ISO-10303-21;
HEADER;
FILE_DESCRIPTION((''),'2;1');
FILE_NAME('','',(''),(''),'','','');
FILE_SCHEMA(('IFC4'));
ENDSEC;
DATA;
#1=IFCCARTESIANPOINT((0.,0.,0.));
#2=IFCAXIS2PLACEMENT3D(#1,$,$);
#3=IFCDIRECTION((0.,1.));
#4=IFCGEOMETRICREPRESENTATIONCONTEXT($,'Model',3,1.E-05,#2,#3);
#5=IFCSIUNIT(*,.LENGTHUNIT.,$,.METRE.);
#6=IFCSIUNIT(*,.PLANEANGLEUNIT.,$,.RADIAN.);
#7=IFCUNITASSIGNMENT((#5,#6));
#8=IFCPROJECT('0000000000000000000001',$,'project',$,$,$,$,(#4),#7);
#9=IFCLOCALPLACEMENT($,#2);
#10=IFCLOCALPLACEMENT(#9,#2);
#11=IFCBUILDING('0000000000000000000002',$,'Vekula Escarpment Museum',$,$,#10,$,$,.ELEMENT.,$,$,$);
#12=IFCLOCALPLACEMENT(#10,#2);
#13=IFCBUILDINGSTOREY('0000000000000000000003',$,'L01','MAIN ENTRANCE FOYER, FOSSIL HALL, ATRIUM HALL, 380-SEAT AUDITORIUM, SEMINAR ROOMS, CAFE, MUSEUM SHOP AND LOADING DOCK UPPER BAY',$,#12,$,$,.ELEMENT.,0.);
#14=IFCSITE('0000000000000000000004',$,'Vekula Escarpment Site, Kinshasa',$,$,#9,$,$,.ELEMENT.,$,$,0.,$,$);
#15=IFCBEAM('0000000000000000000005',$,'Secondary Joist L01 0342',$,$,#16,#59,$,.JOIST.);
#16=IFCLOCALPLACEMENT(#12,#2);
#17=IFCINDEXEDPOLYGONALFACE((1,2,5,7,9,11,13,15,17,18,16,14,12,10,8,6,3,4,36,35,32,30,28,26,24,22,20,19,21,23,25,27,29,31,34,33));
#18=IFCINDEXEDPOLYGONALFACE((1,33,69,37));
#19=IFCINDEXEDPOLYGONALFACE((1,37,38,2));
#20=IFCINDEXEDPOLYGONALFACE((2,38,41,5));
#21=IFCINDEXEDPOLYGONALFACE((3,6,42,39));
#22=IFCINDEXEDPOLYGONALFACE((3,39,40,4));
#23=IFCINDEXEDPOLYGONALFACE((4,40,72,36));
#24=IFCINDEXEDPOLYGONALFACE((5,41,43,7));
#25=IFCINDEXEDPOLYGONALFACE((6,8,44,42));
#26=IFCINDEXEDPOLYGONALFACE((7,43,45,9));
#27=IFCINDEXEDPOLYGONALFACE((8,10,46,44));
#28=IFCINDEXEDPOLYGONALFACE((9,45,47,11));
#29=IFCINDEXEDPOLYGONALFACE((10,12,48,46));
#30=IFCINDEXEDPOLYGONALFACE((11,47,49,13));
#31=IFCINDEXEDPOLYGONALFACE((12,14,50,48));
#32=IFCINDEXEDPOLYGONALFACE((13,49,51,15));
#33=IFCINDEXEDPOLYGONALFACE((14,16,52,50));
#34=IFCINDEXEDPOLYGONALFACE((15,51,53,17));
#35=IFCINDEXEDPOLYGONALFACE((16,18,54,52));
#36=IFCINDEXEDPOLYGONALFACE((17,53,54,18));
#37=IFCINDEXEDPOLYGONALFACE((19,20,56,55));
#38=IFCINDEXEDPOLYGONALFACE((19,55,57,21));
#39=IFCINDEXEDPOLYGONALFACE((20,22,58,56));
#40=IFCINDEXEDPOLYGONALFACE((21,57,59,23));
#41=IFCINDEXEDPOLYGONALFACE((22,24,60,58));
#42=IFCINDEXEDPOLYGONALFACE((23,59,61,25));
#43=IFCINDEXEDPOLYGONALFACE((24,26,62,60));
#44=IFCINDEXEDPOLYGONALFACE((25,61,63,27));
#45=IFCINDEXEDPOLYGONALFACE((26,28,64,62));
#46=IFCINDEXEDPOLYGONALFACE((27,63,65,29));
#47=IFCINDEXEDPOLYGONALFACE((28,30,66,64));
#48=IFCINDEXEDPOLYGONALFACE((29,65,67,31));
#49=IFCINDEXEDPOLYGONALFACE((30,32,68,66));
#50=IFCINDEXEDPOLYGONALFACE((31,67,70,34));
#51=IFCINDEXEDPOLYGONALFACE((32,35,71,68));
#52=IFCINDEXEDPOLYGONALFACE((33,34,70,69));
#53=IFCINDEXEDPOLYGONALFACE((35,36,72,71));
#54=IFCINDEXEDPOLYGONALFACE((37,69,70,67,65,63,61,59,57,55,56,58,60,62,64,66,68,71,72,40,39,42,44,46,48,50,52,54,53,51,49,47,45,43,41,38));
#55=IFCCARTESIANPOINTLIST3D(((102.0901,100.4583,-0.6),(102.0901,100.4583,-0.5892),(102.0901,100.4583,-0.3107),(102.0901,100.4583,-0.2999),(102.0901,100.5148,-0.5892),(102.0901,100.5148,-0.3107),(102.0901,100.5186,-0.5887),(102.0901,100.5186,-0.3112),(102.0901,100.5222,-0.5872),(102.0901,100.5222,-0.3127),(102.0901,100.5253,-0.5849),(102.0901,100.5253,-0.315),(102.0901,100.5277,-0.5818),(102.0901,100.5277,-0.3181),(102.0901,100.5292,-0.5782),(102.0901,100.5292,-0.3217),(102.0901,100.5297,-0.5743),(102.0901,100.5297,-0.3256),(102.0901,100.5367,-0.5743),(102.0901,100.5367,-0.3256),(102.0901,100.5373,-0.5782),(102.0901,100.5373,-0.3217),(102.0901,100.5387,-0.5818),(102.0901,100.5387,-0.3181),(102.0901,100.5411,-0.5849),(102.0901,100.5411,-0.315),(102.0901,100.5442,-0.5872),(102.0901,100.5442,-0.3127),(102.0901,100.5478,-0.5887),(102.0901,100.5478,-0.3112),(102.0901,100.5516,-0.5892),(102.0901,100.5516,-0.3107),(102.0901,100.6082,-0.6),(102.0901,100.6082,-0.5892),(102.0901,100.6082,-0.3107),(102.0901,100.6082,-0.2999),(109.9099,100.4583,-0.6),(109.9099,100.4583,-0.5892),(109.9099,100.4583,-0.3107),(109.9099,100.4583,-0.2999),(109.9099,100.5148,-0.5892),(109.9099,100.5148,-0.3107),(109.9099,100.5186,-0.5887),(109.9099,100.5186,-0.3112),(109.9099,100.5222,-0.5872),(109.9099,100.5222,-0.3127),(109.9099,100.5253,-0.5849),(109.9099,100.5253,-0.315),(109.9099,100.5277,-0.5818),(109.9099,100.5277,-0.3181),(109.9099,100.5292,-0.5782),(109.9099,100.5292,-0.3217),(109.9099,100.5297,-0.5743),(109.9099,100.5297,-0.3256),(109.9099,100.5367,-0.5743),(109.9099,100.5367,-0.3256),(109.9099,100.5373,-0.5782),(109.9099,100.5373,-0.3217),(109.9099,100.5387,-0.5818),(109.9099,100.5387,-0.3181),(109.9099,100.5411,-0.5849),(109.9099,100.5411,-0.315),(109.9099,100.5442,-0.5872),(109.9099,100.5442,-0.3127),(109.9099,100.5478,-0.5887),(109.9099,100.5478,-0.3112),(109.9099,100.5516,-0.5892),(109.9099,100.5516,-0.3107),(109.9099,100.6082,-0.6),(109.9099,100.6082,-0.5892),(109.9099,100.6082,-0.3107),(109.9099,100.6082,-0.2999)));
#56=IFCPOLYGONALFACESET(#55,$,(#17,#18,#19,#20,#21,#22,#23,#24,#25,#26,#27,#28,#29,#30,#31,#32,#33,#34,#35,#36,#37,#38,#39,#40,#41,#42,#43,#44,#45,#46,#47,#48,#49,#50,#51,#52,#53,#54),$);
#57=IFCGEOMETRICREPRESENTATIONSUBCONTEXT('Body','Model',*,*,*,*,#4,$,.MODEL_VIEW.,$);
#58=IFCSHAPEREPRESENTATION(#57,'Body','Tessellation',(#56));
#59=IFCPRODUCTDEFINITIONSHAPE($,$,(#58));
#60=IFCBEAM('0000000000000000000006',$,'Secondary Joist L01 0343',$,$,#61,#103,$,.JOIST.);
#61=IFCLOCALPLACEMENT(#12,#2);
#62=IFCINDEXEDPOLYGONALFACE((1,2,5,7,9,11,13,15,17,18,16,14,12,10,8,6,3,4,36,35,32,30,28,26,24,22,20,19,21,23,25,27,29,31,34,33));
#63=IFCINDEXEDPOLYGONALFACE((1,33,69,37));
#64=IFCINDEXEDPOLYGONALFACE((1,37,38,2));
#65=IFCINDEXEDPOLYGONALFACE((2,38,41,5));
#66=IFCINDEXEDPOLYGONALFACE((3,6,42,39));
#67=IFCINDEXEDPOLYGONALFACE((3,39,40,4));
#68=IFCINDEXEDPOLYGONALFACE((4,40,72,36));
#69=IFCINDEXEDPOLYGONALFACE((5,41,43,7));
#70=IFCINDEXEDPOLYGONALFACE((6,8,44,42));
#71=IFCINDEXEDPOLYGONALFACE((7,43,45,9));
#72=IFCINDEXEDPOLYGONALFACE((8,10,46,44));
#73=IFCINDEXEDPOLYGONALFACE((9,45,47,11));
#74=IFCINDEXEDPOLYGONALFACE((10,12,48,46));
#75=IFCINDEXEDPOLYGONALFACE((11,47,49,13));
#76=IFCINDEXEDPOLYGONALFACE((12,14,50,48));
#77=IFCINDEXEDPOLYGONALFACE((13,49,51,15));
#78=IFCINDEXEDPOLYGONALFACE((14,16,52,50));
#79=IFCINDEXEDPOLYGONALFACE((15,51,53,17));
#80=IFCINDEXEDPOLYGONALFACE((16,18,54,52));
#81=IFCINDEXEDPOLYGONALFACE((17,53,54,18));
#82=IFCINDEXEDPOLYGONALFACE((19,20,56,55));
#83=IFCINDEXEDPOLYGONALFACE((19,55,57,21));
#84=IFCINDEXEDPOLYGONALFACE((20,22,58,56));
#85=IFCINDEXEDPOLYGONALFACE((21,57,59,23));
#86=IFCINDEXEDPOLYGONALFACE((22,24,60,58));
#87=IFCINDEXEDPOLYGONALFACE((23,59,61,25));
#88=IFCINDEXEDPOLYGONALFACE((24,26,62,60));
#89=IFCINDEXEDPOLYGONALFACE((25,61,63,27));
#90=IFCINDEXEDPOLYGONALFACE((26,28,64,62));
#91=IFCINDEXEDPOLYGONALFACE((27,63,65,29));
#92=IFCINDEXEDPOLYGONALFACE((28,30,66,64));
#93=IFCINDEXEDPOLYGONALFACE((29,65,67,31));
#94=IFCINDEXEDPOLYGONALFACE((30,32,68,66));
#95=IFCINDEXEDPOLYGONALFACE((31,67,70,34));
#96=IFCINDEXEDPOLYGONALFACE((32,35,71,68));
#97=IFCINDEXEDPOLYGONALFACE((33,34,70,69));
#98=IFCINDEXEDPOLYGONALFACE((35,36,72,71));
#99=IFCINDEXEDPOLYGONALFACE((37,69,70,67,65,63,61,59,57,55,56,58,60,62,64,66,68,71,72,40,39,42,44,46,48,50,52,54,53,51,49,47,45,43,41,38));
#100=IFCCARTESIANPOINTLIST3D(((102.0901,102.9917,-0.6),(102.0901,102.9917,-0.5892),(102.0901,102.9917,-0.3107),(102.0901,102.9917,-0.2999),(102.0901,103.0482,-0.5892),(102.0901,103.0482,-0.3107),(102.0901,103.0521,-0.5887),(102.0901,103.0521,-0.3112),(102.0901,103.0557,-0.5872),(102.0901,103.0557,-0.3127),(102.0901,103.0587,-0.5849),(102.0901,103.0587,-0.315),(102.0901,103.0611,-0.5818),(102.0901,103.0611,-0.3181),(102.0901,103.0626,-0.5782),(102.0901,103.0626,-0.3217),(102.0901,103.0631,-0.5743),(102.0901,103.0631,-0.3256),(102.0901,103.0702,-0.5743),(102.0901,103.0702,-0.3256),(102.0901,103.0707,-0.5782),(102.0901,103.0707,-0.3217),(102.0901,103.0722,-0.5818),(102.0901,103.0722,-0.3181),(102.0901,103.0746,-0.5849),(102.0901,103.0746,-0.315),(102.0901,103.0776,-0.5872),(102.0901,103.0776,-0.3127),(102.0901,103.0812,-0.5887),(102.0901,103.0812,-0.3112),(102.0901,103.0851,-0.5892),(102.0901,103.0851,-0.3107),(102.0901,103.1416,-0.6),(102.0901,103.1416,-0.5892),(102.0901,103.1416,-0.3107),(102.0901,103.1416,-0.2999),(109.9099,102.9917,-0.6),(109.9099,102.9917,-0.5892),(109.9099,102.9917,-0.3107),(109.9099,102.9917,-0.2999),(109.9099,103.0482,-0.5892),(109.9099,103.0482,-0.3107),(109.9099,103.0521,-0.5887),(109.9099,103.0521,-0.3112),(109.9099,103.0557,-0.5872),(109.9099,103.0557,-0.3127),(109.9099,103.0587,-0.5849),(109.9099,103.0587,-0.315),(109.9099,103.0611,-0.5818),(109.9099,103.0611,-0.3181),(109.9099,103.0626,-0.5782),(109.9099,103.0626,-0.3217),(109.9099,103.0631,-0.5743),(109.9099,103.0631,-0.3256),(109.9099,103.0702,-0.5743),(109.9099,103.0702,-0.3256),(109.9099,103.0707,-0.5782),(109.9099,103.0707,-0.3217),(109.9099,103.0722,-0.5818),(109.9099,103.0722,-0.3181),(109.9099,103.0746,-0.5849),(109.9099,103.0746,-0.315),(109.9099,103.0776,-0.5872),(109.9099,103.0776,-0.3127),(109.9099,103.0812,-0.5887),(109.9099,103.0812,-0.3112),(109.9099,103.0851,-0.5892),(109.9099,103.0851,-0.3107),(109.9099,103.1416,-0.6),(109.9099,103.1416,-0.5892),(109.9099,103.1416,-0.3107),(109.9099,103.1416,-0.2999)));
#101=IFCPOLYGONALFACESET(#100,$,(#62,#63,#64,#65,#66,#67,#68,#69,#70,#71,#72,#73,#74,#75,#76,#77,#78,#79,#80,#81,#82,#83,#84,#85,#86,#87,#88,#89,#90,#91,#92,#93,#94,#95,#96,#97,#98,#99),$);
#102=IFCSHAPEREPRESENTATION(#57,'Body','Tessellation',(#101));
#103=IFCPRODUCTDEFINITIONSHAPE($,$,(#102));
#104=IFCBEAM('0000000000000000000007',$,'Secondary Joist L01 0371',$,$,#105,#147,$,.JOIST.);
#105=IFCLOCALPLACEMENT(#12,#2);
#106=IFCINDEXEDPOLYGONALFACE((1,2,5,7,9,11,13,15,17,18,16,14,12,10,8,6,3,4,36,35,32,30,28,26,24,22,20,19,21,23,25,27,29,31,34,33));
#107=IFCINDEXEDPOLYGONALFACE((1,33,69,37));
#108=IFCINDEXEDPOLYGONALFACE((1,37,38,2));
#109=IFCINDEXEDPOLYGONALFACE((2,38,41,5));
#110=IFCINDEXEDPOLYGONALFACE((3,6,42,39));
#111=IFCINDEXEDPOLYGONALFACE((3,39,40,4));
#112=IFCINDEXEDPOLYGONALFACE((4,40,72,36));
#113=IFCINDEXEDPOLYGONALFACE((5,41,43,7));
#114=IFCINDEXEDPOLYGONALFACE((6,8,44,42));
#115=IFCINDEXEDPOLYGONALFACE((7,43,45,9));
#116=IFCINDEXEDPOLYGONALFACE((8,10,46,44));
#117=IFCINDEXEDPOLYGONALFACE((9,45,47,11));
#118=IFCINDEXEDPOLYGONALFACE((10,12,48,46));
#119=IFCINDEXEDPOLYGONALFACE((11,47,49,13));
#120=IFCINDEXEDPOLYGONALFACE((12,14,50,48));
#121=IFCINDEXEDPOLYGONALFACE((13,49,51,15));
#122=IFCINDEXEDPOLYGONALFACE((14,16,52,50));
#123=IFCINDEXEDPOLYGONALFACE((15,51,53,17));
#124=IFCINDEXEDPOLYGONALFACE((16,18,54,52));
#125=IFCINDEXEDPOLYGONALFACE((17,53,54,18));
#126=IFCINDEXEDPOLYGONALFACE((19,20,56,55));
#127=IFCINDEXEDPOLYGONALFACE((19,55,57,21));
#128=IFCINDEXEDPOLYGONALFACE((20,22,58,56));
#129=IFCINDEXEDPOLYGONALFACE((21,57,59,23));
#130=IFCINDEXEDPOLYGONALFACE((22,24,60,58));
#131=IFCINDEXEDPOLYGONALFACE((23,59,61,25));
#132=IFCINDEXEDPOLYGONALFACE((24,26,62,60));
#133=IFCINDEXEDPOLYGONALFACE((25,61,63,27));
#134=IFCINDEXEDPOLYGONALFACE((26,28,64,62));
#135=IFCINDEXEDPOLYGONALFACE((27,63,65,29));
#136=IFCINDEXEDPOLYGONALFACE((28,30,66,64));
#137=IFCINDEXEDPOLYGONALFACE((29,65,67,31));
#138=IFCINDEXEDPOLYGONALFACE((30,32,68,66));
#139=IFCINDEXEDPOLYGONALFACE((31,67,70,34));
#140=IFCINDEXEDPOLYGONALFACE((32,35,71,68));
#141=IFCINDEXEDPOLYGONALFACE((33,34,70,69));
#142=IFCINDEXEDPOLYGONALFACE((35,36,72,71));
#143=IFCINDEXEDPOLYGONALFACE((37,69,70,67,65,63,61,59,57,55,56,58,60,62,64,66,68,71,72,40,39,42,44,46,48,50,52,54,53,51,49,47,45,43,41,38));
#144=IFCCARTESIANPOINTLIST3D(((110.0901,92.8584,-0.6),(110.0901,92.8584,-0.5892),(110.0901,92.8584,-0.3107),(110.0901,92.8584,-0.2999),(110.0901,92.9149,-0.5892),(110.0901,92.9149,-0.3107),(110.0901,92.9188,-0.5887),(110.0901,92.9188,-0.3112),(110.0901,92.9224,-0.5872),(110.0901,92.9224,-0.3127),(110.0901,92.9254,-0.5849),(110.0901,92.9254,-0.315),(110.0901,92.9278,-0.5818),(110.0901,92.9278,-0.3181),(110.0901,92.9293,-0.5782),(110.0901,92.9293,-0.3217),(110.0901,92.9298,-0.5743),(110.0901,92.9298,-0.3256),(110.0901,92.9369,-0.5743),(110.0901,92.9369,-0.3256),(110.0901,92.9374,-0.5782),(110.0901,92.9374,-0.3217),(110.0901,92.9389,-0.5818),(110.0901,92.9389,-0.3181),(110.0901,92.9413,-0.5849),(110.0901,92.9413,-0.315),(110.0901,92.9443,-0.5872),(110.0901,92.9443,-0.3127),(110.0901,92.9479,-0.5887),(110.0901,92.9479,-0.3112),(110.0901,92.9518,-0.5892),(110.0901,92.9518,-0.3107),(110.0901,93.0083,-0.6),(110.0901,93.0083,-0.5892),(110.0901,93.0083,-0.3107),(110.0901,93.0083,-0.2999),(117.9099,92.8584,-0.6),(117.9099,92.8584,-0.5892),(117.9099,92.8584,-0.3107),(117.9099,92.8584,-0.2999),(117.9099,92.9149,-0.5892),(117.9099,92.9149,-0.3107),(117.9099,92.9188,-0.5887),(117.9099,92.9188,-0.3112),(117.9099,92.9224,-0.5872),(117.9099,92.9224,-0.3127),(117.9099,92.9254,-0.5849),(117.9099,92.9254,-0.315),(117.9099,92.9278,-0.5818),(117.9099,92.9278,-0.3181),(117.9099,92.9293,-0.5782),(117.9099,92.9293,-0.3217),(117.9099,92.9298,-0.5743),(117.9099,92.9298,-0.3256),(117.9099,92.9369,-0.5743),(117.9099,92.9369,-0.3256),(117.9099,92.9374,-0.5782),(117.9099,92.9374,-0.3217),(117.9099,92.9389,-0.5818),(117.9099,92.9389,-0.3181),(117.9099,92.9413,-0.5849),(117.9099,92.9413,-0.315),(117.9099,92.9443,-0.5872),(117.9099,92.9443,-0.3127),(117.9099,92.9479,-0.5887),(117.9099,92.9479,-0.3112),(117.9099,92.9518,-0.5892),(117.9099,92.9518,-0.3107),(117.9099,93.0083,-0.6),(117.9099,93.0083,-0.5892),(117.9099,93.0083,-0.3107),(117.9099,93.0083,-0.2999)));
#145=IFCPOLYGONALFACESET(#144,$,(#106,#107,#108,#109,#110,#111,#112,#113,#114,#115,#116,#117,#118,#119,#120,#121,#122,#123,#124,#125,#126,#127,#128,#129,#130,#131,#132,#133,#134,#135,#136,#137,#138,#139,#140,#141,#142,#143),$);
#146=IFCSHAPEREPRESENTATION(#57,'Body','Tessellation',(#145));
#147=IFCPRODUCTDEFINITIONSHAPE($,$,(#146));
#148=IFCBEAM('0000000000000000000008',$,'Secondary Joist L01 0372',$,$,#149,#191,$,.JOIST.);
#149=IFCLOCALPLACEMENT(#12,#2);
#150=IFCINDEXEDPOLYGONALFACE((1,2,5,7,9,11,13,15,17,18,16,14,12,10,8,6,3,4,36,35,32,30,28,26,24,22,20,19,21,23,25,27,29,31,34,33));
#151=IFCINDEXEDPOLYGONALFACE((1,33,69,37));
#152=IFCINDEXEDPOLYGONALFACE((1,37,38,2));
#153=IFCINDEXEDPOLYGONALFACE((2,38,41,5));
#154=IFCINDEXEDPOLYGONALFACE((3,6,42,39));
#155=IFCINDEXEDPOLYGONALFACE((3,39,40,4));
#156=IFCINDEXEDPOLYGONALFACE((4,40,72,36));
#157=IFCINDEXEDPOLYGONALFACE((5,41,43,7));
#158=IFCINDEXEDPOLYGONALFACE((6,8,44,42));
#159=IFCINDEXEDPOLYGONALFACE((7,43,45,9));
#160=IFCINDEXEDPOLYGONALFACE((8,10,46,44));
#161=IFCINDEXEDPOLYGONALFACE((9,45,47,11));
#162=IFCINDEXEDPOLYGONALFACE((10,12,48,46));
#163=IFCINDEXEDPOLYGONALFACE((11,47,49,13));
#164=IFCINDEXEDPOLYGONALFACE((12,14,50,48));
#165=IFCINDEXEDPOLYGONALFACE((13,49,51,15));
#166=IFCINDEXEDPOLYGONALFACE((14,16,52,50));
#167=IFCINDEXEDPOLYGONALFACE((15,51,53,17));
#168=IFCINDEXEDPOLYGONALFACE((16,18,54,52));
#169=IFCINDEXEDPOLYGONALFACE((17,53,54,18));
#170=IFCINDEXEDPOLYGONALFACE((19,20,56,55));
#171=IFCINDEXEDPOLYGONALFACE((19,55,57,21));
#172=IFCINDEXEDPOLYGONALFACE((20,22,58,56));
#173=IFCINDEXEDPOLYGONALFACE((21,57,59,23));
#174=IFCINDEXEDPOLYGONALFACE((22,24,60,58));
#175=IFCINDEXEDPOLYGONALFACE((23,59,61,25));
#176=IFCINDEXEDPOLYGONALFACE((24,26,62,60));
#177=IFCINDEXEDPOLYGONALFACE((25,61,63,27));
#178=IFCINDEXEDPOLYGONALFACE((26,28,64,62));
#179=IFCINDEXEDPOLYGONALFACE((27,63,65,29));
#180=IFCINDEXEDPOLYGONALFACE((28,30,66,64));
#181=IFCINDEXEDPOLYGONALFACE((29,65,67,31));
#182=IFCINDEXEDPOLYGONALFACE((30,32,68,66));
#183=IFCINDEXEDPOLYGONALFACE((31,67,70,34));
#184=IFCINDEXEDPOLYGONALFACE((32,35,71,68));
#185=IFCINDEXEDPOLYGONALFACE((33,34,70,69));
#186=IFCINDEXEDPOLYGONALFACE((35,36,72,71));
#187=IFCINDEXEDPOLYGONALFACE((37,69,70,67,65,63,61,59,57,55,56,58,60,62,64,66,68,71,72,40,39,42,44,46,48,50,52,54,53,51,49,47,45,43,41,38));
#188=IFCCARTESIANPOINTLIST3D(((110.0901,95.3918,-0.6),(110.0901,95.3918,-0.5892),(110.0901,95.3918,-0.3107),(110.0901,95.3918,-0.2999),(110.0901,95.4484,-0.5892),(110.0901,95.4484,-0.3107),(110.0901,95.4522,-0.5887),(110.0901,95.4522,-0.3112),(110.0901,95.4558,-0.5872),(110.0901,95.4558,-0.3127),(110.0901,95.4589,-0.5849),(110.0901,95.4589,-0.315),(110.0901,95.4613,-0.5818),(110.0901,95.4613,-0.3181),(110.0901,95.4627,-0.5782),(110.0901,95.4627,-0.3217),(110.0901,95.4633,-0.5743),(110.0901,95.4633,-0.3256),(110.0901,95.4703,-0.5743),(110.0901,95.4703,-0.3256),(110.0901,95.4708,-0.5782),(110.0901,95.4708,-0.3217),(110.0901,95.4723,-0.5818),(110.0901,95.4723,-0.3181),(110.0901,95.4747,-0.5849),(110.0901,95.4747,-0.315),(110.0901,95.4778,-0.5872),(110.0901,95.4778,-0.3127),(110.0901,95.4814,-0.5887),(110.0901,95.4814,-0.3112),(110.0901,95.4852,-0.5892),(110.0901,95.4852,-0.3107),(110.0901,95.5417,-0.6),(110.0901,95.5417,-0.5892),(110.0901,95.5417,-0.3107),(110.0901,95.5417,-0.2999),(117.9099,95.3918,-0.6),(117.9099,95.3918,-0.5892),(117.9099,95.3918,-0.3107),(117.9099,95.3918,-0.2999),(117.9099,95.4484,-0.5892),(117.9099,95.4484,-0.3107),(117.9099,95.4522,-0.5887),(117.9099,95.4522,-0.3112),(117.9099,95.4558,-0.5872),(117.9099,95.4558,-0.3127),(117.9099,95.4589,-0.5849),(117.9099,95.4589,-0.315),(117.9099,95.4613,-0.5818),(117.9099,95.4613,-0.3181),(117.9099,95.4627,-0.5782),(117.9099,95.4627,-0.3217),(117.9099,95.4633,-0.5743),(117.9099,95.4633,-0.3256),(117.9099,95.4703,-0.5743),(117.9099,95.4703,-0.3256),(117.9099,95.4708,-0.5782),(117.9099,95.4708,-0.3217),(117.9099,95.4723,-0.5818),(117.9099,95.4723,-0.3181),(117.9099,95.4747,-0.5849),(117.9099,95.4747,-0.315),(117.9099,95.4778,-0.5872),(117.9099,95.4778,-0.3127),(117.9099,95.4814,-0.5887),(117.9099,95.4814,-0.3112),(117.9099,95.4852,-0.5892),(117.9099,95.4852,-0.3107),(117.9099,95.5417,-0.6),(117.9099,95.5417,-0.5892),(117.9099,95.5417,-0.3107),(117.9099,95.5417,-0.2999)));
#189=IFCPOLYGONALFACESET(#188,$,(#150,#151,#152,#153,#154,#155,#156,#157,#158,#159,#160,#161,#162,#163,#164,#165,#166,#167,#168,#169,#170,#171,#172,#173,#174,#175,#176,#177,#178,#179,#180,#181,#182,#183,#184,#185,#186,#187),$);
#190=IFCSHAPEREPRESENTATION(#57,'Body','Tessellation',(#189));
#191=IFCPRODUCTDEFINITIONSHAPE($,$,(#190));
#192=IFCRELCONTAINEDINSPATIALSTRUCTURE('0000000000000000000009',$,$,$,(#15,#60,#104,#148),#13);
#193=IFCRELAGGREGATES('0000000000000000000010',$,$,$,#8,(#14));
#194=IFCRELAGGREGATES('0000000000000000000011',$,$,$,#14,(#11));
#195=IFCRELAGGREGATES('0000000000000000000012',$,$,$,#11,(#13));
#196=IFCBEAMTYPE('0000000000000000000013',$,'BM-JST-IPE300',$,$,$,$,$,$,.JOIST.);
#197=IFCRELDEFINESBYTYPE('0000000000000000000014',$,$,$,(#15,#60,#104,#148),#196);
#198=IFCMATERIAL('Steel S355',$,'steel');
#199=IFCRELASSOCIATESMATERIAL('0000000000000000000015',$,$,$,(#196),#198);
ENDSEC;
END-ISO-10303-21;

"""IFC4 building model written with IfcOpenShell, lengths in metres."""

from ifc_helpers import new_model, si_unit, direction, frame, origin, origin_2d, place, context, subcontext, project, spatial, i_section, extrude, material, material_profile, profile_set, type_object, element, save


model = new_model("IFC4")

# Units and contexts
model_context = context("Model", 3, precision=1e-05, world=origin(), true_north=direction((0.0, 1.0)))
body_context = subcontext(model_context, "Body", "Model", "MODEL_VIEW")
ifc_project = project(units=[si_unit("LENGTHUNIT", "METRE"), si_unit("PLANEANGLEUNIT", "RADIAN")], contexts=[model_context])

# Site, building, storey
site_placement = place(None, origin())
site = spatial("IfcSite", under=ifc_project, at=site_placement, Name="Vekula Escarpment Site, Kinshasa", CompositionType="ELEMENT", RefElevation=0.0)
building_placement = place(site_placement, origin())
building = spatial("IfcBuilding", under=site, at=building_placement, Name="Vekula Escarpment Museum", CompositionType="ELEMENT")
storey_placement = place(building_placement, origin())
storey = spatial("IfcBuildingStorey", under=building, at=storey_placement, Name="L01", Description="MAIN ENTRANCE FOYER, FOSSIL HALL, ATRIUM HALL, 380-SEAT AUDITORIUM, SEMINAR ROOMS, CAFE, MUSEUM SHOP AND LOADING DOCK UPPER BAY", CompositionType="ELEMENT", Elevation=0.0)

# Beams
ifc_material_1 = material(Name="Steel S355", Category="steel")
ifc_material_profile_1 = material_profile(ifc_material_1, i_section(OverallWidth=0.1499, OverallDepth=0.3, WebThickness=0.0071, FlangeThickness=0.0107, FilletRadius=0.0149, at=origin_2d()), Name="IPE 300")
ifc_profile_set_1 = profile_set([ifc_material_profile_1], Name="Steel S355")
beam_type_1 = type_object("IfcBeamType", Name="BM-JST-IPE300", PredefinedType="JOIST", material=ifc_profile_set_1)
for number, where, z_axis, x_axis, name in (
    (1, (102.0901, 100.5332, -0.45), (1.0, 0.0, 0.0), (0.0, 1.0, 0.0), "Secondary Joist L01 0342"),
    (2, (102.0901, 103.0667, -0.45), (1.0, 0.0, 0.0), (0.0, 1.0, 0.0), "Secondary Joist L01 0343"),
    (3, (110.0901, 92.9333, -0.45), (1.0, 0.0, 0.0), (0.0, 1.0, 0.0), "Secondary Joist L01 0371"),
    (4, (110.0901, 95.4668, -0.45), (1.0, 0.0, 0.0), (0.0, 1.0, 0.0), "Secondary Joist L01 0372"),
):
    element("IfcBeam", number, at=place(storey_placement, frame(where, z_axis=z_axis, x_axis=x_axis)), inside=storey, type_object=beam_type_1, Name=name, PredefinedType="JOIST", context=body_context, shape_type="SweptSolid", body=[
        extrude(i_section(OverallWidth=0.1499, OverallDepth=0.3, WebThickness=0.0071, FlangeThickness=0.0107, FilletRadius=0.0149, at=origin_2d()), origin(), (0.0, 0.0, 1.0), 7.8198),
    ])

save(model, "model.ifc")
